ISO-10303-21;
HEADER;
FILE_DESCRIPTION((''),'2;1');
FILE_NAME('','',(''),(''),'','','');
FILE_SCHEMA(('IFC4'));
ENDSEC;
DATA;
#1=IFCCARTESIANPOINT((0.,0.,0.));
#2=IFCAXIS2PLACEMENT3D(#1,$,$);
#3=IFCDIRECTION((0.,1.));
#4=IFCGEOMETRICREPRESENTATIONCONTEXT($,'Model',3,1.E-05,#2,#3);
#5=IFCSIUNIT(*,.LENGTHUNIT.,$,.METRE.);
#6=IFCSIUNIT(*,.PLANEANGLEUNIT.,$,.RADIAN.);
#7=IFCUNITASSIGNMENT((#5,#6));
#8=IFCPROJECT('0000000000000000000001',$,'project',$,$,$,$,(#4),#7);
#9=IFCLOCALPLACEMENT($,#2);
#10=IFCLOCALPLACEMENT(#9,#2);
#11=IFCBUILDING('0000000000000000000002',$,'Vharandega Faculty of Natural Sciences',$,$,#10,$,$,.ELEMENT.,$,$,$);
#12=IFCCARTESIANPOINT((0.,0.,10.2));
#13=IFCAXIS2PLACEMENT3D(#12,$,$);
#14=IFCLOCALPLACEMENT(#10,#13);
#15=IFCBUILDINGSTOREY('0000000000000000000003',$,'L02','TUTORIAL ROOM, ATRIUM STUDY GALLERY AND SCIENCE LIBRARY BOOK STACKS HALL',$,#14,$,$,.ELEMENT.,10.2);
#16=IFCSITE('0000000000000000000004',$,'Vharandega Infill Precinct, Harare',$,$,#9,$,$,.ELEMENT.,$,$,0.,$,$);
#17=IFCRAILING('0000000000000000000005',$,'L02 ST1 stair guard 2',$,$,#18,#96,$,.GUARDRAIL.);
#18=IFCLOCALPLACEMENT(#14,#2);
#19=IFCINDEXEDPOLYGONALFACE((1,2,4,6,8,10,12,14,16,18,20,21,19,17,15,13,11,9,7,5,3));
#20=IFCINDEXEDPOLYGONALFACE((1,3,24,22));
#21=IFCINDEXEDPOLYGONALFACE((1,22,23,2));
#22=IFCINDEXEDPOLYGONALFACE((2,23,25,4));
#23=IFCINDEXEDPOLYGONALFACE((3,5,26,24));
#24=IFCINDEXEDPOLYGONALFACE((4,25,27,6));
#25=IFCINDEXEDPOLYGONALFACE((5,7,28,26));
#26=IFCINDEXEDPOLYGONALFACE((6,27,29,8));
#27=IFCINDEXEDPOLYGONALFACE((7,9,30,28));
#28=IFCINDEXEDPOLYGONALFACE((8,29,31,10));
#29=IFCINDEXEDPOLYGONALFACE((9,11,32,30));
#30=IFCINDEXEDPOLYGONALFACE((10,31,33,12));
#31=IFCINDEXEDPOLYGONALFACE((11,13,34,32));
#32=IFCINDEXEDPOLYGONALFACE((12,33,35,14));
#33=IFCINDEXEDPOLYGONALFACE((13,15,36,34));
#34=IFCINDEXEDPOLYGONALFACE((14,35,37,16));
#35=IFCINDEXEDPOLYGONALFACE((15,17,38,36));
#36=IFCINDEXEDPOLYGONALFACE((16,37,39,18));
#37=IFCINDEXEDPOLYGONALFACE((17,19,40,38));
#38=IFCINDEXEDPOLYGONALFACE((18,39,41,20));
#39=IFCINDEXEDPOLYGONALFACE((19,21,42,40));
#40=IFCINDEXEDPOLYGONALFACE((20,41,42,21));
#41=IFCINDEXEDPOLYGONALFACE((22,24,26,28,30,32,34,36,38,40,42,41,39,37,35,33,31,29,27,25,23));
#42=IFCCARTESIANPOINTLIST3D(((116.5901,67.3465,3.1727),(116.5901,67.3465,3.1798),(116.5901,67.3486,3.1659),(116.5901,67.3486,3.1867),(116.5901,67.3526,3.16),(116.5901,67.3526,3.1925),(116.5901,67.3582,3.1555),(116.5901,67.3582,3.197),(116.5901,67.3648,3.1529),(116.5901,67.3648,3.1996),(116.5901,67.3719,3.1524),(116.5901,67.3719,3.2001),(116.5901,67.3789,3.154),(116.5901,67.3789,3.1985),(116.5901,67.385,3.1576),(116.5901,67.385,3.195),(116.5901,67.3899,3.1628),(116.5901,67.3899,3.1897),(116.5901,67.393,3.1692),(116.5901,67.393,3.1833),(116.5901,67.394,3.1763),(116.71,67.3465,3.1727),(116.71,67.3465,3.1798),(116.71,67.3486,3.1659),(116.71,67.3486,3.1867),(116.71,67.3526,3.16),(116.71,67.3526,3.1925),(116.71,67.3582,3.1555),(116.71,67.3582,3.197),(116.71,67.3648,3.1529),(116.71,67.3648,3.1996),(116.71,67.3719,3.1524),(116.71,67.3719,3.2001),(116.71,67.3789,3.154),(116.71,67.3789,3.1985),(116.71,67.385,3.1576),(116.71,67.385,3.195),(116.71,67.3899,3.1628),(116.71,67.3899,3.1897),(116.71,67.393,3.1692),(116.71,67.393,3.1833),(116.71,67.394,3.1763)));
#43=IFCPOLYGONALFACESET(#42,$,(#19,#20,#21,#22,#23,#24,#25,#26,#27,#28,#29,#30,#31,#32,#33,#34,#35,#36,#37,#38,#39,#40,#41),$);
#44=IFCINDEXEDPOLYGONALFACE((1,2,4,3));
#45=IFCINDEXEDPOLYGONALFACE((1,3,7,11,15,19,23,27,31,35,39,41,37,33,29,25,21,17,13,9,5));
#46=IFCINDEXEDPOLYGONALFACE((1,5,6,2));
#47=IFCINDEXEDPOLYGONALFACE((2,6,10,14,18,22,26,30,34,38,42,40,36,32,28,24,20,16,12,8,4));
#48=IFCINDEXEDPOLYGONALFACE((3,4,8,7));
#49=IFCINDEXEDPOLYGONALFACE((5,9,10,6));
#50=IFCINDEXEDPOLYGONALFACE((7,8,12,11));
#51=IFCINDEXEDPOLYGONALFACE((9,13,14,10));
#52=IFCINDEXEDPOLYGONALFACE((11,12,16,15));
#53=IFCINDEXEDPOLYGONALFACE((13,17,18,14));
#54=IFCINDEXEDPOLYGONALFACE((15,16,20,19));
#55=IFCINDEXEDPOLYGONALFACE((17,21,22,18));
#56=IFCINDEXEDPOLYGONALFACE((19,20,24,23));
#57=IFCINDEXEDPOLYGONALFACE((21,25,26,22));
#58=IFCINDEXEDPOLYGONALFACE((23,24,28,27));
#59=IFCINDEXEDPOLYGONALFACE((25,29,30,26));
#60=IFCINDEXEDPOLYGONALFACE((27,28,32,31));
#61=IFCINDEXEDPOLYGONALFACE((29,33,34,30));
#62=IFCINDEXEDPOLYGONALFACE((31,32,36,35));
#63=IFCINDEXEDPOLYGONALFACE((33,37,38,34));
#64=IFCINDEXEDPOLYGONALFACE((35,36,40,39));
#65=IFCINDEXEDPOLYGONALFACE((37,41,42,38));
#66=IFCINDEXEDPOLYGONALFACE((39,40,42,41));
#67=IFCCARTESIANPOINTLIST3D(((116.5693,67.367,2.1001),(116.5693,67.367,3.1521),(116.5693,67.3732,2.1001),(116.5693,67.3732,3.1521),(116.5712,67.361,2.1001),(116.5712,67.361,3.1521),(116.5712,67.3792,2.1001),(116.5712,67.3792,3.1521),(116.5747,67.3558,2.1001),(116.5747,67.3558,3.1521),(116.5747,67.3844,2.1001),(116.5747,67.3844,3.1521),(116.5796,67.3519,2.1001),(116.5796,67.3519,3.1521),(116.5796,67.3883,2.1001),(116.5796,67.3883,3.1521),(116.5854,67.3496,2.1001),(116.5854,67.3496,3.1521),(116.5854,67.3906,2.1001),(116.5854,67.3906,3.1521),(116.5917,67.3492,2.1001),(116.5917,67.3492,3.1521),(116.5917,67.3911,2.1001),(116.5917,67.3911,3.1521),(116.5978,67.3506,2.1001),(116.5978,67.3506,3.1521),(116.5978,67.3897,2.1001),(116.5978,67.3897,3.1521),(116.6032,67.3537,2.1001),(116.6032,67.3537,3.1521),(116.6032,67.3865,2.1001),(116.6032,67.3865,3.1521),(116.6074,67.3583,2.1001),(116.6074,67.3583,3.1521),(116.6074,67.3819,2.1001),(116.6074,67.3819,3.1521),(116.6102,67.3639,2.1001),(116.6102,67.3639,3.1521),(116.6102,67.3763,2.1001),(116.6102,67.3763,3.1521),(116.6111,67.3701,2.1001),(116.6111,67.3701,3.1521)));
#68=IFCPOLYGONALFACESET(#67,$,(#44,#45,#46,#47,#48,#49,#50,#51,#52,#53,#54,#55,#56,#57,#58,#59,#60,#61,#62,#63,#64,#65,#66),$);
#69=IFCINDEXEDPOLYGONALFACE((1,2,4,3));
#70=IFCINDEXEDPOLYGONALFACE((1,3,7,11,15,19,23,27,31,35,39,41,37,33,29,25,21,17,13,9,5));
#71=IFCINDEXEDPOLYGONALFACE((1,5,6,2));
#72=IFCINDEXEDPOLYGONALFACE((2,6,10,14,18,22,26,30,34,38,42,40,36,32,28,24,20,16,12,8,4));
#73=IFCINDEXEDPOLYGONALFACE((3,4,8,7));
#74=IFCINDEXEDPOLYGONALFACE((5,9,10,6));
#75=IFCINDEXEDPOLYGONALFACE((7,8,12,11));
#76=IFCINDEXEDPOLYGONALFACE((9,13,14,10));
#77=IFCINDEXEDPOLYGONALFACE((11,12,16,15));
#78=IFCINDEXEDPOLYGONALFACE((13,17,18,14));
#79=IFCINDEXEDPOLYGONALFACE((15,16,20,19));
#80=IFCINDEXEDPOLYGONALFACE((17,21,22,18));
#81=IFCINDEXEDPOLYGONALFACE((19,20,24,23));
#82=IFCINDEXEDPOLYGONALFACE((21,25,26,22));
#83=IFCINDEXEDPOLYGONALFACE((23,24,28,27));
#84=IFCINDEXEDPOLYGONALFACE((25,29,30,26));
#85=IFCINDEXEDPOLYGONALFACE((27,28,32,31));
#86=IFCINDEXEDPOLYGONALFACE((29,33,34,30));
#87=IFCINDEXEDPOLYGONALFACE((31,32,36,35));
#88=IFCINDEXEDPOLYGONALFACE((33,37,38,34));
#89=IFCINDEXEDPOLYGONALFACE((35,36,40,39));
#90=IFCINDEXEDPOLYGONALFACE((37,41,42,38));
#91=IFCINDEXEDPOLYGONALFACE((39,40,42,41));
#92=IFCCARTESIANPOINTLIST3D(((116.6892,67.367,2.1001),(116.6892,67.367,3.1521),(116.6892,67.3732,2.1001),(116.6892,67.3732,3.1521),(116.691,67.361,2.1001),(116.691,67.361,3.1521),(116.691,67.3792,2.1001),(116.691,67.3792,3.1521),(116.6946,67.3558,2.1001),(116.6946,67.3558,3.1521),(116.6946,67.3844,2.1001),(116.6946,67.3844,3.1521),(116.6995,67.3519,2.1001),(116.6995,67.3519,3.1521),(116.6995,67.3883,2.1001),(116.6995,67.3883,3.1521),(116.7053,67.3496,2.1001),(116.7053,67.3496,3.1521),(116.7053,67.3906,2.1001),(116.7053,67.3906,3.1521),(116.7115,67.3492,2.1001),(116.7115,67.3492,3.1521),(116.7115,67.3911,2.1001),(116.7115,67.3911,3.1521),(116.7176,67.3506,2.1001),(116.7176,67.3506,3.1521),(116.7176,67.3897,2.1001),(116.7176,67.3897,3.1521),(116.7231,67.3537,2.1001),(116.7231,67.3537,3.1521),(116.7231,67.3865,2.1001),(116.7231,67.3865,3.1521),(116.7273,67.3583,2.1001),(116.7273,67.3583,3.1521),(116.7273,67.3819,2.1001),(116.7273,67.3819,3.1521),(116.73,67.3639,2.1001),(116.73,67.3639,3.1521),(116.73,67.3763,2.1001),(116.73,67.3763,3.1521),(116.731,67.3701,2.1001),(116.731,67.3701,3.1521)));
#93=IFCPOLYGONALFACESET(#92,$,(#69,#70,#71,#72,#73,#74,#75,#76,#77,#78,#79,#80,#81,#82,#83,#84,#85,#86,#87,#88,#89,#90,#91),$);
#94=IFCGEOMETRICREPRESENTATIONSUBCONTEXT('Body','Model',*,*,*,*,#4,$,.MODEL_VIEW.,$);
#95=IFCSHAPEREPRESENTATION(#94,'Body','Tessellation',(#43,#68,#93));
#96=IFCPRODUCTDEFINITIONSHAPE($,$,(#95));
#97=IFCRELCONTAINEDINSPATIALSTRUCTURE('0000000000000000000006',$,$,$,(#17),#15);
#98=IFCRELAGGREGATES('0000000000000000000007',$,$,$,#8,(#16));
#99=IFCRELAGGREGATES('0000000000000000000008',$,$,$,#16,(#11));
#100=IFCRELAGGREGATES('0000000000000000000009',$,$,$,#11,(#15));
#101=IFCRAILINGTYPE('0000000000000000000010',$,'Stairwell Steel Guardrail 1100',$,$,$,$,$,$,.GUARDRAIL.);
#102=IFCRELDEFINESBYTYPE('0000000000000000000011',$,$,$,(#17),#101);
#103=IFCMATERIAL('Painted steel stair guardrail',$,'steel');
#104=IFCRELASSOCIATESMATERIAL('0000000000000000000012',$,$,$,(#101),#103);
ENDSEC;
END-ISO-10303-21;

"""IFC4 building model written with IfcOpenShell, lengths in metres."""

from ifc_helpers import new_model, si_unit, direction, frame, origin, origin_2d, place, context, subcontext, project, spatial, circle, extrude, material, type_object, element, save


model = new_model("IFC4")

# Units and contexts
model_context = context("Model", 3, precision=1e-05, world=origin(), true_north=direction((0.0, 1.0)))
body_context = subcontext(model_context, "Body", "Model", "MODEL_VIEW")
ifc_project = project(units=[si_unit("LENGTHUNIT", "METRE"), si_unit("PLANEANGLEUNIT", "RADIAN")], contexts=[model_context])

# Site, building, storey
site_placement = place(None, origin())
site = spatial("IfcSite", under=ifc_project, at=site_placement, Name="Vharandega Infill Precinct, Harare", CompositionType="ELEMENT", RefElevation=0.0)
building_placement = place(site_placement, origin())
building = spatial("IfcBuilding", under=site, at=building_placement, Name="Vharandega Faculty of Natural Sciences", CompositionType="ELEMENT")
storey_placement = place(building_placement, frame((0.0, 0.0, 10.2)))
storey = spatial("IfcBuildingStorey", under=building, at=storey_placement, Name="L02", Description="TUTORIAL ROOM, ATRIUM STUDY GALLERY AND SCIENCE LIBRARY BOOK STACKS HALL", CompositionType="ELEMENT", Elevation=10.2)

# Railing
ifc_material_1 = material(Name="Painted steel stair guardrail", Category="steel")
railing_type_1 = type_object("IfcRailingType", Name="Stairwell Steel Guardrail 1100", PredefinedType="GUARDRAIL", material=ifc_material_1)
railing_1_placement = place(storey_placement, frame((116.5901, 67.3701, 2.1001)))
element("IfcRailing", 1, at=railing_1_placement, inside=storey, type_object=railing_type_1, Name="L02 ST1 stair guard 2", PredefinedType="GUARDRAIL", context=body_context, shape_type="SweptSolid", body=[
    extrude(circle(Radius=0.0239, at=origin_2d()), frame((0.0, 0.0, 1.0762), z_axis=(1.0, 0.0, 0.0), x_axis=(0.0, 1.0, 0.0)), (0.0, 0.0, 1.0), 0.1199),
    extrude(circle(Radius=0.021, at=origin_2d()), origin(), (0.0, 0.0, 1.0), 1.052),
    extrude(circle(Radius=0.021, at=origin_2d()), frame((0.1199, 0.0, 0.0)), (0.0, 0.0, 1.0), 1.052),
])

save(model, "model.ifc")
